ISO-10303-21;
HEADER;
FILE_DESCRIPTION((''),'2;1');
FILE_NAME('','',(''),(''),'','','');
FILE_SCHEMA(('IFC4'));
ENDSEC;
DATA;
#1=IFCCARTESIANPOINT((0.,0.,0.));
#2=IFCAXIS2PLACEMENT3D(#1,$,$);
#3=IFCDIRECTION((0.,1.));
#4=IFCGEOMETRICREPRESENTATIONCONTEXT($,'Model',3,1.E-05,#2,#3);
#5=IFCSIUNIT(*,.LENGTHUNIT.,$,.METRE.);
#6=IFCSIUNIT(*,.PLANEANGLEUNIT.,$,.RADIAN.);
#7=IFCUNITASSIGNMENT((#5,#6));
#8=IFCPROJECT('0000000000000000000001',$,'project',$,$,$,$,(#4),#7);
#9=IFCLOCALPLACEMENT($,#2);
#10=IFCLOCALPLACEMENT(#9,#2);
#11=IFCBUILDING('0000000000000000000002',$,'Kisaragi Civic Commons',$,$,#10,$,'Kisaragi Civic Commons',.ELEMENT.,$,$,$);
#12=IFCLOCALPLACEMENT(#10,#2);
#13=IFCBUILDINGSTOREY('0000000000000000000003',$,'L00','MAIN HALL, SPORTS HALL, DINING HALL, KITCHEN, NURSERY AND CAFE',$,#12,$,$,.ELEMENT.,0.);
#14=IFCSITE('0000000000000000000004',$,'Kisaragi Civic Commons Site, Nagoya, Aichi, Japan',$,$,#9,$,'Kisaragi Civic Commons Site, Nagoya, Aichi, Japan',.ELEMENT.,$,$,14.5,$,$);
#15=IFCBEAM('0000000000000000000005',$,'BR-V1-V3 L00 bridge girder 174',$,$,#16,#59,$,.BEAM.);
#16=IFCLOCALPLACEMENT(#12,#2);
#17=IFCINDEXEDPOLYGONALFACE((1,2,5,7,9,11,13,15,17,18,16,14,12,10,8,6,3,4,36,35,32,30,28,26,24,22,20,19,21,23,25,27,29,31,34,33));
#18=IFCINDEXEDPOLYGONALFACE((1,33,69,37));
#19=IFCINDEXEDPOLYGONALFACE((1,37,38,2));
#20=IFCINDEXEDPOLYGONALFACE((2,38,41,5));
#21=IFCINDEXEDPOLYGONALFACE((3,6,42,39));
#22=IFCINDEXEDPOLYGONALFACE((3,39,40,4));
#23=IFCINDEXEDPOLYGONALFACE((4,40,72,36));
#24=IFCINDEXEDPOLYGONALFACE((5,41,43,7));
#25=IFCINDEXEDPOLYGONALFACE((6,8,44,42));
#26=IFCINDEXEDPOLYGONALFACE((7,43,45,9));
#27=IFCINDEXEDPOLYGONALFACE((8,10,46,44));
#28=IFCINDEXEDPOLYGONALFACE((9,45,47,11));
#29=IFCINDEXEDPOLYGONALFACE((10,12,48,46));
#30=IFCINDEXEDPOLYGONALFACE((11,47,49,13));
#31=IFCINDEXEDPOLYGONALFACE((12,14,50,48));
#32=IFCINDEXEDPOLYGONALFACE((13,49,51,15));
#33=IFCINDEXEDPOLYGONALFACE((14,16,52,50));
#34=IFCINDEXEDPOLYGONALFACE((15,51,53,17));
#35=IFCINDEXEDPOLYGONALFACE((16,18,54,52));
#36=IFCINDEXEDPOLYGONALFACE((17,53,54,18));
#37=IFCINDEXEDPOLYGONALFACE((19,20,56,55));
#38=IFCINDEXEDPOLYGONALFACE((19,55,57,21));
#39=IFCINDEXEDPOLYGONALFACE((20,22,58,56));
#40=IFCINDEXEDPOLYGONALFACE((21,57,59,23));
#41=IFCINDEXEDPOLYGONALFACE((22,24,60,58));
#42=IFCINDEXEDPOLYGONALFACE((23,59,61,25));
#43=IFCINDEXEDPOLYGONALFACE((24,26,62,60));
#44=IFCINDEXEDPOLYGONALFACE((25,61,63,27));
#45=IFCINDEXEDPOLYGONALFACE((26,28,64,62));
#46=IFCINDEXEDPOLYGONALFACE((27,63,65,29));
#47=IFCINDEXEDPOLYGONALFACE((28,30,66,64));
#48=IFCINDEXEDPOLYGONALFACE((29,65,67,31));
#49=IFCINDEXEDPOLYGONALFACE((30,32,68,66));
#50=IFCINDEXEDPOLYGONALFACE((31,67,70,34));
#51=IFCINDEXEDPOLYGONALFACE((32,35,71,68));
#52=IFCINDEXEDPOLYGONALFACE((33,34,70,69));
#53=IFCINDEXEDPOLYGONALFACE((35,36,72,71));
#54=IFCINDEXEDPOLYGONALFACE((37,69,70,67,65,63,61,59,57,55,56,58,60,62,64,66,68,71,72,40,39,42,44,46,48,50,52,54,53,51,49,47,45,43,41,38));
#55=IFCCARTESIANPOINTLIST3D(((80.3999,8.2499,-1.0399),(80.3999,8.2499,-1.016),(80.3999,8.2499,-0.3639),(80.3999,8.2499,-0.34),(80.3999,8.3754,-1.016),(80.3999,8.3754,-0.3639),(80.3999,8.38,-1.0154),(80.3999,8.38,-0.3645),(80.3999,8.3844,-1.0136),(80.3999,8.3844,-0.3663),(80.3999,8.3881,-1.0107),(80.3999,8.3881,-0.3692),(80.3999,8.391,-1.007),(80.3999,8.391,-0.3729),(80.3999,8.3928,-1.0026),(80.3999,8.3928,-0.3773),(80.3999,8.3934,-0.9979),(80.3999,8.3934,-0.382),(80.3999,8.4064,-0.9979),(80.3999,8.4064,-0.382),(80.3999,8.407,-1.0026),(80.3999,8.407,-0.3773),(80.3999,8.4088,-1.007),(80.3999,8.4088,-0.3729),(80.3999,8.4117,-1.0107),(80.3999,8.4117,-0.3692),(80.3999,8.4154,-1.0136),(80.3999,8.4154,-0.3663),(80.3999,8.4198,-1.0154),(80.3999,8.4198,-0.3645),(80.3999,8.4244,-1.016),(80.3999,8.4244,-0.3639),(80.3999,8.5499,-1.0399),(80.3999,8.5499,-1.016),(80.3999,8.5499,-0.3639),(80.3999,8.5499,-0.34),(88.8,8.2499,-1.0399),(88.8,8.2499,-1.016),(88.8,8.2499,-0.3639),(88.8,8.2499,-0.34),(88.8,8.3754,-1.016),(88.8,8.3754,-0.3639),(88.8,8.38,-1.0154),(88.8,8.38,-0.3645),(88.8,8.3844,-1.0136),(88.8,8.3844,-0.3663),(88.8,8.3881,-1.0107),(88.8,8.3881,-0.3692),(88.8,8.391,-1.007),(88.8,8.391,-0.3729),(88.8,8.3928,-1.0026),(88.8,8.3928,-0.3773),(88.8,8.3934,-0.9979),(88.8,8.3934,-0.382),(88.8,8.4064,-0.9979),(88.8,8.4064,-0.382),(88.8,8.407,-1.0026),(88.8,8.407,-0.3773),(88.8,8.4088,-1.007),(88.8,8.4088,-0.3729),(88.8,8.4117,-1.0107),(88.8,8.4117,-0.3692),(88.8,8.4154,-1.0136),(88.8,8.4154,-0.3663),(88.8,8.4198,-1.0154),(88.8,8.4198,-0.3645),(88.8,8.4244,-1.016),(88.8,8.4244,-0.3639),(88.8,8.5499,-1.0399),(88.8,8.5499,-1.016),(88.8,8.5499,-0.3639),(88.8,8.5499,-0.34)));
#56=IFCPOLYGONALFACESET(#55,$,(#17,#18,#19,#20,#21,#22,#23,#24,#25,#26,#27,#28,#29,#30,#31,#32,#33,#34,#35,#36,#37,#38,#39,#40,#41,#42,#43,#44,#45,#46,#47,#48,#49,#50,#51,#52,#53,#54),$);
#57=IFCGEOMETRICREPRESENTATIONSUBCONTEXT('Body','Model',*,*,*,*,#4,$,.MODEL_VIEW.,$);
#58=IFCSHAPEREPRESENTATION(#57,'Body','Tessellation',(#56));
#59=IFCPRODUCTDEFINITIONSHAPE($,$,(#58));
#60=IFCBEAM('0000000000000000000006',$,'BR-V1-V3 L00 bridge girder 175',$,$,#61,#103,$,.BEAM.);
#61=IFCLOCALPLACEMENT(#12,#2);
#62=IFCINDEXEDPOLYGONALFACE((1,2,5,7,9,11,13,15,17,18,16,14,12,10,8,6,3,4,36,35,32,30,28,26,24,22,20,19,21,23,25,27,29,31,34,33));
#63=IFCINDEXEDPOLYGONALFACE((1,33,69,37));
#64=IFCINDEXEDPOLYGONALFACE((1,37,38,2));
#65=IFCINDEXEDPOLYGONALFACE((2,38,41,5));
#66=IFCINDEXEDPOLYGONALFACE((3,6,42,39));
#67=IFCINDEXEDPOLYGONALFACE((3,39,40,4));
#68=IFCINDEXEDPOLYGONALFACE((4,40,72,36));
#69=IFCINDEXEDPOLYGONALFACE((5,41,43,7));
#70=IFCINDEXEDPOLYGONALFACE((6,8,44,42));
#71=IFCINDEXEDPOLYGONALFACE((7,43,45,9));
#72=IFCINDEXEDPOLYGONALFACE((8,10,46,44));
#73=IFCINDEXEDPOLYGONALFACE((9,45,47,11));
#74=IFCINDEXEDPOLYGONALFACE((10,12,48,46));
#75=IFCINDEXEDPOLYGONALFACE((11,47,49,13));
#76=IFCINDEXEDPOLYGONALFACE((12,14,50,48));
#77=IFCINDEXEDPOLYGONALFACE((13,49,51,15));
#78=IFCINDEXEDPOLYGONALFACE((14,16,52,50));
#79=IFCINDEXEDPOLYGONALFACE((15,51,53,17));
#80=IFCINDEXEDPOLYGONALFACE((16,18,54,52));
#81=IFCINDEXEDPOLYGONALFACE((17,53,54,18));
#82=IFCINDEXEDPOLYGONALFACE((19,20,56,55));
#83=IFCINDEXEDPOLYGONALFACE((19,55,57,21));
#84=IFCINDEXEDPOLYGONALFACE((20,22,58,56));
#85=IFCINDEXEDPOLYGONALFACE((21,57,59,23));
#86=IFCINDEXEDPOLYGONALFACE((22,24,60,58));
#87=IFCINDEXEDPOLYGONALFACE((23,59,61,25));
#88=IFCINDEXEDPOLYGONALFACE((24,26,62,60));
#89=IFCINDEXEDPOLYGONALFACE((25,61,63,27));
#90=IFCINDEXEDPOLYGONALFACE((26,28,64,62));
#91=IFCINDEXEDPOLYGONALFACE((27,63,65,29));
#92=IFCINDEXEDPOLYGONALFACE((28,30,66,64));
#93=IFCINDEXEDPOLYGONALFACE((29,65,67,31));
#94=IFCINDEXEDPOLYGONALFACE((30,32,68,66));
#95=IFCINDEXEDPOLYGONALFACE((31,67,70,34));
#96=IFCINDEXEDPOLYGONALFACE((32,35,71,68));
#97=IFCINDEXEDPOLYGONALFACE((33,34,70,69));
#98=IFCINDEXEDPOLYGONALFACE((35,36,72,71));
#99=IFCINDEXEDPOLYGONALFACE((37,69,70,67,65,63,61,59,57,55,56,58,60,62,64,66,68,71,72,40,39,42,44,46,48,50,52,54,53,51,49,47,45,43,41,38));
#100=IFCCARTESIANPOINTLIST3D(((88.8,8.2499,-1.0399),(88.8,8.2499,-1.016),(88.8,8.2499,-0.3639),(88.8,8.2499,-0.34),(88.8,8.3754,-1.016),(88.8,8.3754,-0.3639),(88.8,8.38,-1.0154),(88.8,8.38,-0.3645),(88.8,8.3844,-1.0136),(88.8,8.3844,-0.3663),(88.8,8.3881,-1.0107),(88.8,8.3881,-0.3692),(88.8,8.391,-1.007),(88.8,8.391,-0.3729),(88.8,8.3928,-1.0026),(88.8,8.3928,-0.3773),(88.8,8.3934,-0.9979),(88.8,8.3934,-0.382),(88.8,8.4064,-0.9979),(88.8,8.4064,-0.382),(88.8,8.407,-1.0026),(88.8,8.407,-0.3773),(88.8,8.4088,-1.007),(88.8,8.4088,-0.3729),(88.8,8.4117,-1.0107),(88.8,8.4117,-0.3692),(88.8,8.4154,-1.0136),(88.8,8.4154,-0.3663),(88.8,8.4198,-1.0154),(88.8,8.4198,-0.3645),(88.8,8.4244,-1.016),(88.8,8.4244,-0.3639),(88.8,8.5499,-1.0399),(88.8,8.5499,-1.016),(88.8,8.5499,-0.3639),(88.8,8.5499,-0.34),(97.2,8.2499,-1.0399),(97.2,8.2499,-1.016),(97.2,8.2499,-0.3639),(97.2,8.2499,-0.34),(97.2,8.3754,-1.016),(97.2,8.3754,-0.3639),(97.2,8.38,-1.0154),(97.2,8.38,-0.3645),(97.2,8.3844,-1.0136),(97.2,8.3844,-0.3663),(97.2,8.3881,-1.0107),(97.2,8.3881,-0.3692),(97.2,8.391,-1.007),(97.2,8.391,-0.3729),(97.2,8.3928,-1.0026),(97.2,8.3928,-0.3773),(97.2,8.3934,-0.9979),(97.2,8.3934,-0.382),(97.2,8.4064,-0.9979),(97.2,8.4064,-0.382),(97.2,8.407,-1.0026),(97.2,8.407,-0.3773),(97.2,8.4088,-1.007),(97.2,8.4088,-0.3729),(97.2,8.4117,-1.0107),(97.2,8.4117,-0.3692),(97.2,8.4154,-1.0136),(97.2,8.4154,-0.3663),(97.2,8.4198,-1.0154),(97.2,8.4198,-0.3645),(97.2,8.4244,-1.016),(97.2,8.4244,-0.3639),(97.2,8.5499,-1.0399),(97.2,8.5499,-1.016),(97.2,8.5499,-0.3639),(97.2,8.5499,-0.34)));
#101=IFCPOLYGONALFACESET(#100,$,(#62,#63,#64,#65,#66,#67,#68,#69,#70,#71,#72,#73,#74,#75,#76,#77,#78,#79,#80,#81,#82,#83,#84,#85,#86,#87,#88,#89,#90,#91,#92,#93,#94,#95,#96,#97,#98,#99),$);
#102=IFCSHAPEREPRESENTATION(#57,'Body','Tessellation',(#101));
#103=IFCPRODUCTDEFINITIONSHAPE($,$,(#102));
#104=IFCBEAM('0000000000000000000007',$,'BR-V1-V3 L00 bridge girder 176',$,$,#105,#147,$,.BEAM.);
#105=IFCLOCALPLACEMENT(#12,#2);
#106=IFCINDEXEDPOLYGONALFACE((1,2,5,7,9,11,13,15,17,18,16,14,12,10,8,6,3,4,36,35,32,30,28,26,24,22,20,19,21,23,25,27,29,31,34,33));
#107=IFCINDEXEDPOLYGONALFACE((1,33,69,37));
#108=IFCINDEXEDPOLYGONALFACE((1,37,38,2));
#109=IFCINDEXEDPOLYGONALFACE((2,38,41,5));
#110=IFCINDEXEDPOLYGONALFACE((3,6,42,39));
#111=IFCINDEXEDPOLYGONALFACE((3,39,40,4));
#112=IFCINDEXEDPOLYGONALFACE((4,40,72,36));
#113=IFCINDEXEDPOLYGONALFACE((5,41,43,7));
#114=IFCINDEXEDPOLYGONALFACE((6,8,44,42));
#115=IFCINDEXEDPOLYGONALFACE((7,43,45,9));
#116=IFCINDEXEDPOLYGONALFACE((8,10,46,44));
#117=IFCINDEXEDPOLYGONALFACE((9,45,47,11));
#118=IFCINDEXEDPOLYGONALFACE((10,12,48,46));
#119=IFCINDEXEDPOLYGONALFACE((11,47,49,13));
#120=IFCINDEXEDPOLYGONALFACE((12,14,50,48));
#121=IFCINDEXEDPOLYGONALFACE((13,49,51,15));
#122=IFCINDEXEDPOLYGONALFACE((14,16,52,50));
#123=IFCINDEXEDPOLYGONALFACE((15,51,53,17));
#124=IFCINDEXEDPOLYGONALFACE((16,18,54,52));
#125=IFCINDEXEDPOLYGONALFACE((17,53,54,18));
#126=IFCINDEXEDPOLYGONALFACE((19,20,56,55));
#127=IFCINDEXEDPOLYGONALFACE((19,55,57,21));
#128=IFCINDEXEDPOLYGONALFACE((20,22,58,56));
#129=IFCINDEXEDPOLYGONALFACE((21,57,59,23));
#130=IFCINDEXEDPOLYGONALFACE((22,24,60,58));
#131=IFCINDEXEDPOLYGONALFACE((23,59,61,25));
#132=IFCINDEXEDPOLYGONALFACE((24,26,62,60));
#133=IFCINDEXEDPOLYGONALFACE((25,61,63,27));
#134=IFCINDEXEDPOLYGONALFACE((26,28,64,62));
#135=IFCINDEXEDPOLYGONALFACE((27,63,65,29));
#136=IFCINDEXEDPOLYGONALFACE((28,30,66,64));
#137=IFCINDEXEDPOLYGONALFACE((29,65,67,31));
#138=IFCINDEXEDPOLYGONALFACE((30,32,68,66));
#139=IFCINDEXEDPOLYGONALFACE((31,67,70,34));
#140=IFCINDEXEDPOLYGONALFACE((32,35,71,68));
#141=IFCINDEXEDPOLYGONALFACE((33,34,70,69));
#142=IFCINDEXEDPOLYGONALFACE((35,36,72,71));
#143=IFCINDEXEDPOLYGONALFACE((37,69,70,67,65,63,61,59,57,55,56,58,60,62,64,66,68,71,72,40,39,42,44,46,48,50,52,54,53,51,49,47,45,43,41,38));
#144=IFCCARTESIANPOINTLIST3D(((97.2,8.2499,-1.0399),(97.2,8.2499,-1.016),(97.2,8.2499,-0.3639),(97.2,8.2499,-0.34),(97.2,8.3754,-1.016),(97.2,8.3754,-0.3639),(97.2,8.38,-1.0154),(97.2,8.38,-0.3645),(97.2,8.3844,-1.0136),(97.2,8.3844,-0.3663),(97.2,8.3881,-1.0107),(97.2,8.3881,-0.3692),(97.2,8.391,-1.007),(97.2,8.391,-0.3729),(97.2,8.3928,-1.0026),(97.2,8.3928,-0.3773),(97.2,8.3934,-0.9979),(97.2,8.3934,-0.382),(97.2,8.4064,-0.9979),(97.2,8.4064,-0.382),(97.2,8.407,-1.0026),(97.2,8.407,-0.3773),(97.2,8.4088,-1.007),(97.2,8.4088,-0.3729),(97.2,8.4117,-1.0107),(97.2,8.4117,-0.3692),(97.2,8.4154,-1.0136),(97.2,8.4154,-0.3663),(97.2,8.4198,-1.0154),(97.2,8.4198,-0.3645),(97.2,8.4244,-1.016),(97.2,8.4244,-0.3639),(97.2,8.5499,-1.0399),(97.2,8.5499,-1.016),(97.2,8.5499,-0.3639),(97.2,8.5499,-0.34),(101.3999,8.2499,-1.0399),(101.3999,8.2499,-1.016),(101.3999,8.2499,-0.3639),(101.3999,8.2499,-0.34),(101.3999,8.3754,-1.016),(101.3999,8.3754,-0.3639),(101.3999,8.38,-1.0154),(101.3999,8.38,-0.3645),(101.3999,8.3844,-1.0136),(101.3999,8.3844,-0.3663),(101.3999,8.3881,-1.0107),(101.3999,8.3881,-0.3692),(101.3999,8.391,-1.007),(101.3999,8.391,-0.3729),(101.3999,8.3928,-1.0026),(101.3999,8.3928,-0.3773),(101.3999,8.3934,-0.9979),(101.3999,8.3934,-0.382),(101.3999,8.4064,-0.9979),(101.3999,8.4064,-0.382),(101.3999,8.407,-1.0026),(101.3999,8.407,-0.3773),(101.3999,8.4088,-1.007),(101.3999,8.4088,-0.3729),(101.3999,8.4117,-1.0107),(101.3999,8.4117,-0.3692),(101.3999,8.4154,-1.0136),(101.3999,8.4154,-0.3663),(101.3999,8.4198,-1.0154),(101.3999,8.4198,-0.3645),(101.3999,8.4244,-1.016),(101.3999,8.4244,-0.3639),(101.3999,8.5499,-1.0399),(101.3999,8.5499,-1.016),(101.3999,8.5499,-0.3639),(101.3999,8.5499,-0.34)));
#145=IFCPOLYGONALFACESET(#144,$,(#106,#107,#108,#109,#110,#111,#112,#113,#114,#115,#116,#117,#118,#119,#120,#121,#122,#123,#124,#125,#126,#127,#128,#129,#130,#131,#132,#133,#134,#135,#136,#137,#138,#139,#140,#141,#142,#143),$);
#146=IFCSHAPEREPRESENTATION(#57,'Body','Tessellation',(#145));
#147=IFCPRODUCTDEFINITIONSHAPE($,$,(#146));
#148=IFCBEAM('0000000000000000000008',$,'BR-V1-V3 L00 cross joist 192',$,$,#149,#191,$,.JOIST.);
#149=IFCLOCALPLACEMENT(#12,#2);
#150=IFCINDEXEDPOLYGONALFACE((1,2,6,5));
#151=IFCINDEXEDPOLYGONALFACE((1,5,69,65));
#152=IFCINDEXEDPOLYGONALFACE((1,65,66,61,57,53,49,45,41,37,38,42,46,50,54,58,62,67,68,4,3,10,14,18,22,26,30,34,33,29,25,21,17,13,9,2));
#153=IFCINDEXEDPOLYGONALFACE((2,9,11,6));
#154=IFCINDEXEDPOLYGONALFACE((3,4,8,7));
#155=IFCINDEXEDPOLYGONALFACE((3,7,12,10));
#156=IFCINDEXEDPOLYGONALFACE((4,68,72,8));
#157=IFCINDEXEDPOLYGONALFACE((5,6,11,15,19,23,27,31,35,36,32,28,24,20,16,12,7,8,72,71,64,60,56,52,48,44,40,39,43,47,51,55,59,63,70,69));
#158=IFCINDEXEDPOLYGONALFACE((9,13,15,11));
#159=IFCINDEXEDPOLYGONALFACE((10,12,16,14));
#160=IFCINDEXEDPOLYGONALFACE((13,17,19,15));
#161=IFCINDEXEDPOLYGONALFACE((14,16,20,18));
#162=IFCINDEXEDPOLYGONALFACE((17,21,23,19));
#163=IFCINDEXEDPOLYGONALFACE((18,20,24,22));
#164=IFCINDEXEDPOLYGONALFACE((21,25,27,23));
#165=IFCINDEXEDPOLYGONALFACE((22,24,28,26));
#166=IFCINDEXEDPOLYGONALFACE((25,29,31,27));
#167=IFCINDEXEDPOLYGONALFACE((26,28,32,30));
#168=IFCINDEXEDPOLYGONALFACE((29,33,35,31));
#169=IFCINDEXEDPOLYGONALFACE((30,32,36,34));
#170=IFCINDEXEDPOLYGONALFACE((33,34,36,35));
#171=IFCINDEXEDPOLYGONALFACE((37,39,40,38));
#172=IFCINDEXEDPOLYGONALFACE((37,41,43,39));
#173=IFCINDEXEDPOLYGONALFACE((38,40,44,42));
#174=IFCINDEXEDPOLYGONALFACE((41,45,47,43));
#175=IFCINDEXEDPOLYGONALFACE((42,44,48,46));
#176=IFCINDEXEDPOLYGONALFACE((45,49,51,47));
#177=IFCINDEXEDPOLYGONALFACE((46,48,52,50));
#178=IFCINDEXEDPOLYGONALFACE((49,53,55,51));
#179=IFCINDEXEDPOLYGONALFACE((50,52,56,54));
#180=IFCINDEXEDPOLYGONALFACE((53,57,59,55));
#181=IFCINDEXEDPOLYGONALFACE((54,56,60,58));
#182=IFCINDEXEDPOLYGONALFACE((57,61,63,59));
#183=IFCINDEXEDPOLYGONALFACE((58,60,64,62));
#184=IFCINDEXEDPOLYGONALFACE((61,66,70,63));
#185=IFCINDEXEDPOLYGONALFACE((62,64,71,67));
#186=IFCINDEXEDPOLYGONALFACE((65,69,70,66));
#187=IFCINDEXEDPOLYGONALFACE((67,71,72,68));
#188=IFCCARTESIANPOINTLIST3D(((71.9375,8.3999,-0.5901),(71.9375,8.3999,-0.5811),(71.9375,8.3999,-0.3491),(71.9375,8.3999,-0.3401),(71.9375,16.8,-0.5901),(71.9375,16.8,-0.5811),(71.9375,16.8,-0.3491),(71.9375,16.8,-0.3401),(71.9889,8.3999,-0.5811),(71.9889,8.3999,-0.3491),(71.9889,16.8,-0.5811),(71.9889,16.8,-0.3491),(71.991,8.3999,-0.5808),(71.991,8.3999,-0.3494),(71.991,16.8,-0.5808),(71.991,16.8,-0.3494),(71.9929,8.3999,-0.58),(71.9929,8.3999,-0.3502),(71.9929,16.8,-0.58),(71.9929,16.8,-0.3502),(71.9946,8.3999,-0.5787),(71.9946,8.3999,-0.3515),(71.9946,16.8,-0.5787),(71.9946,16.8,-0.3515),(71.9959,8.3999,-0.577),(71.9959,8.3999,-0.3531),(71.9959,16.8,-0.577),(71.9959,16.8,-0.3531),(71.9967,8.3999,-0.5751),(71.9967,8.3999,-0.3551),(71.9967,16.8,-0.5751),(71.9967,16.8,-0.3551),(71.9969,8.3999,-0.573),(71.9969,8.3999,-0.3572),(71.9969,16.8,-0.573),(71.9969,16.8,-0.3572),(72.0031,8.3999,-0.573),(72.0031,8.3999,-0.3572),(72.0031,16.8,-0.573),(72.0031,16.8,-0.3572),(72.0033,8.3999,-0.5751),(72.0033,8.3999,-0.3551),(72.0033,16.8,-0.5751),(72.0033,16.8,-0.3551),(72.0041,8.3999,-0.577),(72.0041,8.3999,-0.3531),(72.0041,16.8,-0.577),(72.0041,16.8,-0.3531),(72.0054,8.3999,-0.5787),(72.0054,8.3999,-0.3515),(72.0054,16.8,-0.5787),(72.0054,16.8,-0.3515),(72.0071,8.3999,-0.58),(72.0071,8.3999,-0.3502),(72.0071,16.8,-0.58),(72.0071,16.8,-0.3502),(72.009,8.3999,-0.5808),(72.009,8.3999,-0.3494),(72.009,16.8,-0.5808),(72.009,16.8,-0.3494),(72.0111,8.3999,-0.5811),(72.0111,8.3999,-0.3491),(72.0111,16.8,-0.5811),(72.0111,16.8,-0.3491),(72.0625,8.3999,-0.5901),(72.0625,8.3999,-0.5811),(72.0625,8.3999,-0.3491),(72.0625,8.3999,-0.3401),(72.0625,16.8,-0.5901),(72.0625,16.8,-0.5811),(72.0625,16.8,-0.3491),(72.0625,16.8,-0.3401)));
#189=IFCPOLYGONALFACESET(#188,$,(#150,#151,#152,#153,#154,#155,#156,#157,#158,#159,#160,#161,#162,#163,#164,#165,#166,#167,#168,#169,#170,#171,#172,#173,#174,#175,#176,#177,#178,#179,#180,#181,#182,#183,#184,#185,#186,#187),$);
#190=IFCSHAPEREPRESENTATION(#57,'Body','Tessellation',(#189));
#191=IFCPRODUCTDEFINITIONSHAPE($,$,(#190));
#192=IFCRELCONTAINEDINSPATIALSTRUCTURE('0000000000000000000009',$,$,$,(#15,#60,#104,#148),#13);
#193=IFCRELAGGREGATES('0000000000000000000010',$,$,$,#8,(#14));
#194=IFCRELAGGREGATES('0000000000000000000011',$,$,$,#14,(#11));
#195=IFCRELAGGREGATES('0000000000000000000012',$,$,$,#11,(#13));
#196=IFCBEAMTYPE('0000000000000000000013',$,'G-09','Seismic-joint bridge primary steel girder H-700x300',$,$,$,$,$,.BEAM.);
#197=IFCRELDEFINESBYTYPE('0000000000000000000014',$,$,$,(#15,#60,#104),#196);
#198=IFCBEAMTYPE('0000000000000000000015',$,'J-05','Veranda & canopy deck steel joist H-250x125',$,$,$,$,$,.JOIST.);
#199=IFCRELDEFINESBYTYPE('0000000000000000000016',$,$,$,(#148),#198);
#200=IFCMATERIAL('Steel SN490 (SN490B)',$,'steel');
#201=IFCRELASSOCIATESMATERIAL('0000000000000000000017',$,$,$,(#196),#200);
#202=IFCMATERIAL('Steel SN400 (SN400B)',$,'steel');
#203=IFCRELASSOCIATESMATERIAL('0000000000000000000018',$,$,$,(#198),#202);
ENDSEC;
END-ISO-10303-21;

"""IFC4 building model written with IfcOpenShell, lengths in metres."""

from ifc_helpers import new_model, si_unit, direction, frame, origin, origin_2d, place, context, subcontext, project, spatial, i_section, extrude, material, material_profile, profile_set, type_object, element, save


model = new_model("IFC4")

# Units and contexts
model_context = context("Model", 3, precision=1e-05, world=origin(), true_north=direction((0.0, 1.0)))
body_context = subcontext(model_context, "Body", "Model", "MODEL_VIEW")
ifc_project = project(units=[si_unit("LENGTHUNIT", "METRE"), si_unit("PLANEANGLEUNIT", "RADIAN")], contexts=[model_context])

# Site, building, storey
site_placement = place(None, origin())
site = spatial("IfcSite", under=ifc_project, at=site_placement, Name="Kisaragi Civic Commons Site, Nagoya, Aichi, Japan", LongName="Kisaragi Civic Commons Site, Nagoya, Aichi, Japan", CompositionType="ELEMENT", RefElevation=14.5)
building_placement = place(site_placement, origin())
building = spatial("IfcBuilding", under=site, at=building_placement, Name="Kisaragi Civic Commons", LongName="Kisaragi Civic Commons", CompositionType="ELEMENT")
storey_placement = place(building_placement, origin())
storey = spatial("IfcBuildingStorey", under=building, at=storey_placement, Name="L00", Description="MAIN HALL, SPORTS HALL, DINING HALL, KITCHEN, NURSERY AND CAFE", CompositionType="ELEMENT", Elevation=0.0)

# Beams
ifc_material_1 = material(Name="Steel SN490 (SN490B)", Category="steel")
ifc_material_profile_1 = material_profile(ifc_material_1, i_section(OverallWidth=0.3, OverallDepth=0.7, WebThickness=0.0129, FlangeThickness=0.0239, FilletRadius=0.0181, at=origin_2d()), Name="H-700x300x13x24", Category="steel")
ifc_profile_set_1 = profile_set([ifc_material_profile_1], Name="Steel SN490 (SN490B)")
beam_type_1 = type_object("IfcBeamType", Name="G-09", Description="Seismic-joint bridge primary steel girder H-700x300", PredefinedType="BEAM", material=ifc_profile_set_1)
beam_1_placement = place(storey_placement, frame((80.3999, 8.3999, -0.6899), z_axis=(1.0, 0.0, 0.0), x_axis=(0.0, 1.0, 0.0)))
element("IfcBeam", 1, at=beam_1_placement, inside=storey, type_object=beam_type_1, Name="BR-V1-V3 L00 bridge girder 174", PredefinedType="BEAM", context=body_context, shape_type="SweptSolid", body=[
    extrude(i_section(OverallWidth=0.3, OverallDepth=0.7, WebThickness=0.0129, FlangeThickness=0.0239, FilletRadius=0.0181, at=origin_2d()), origin(), (0.0, 0.0, 1.0), 8.4001),
])
beam_2_placement = place(storey_placement, frame((88.8, 8.3999, -0.6899), z_axis=(1.0, 0.0, 0.0), x_axis=(0.0, 1.0, 0.0)))
element("IfcBeam", 2, at=beam_2_placement, inside=storey, type_object=beam_type_1, Name="BR-V1-V3 L00 bridge girder 175", PredefinedType="BEAM", context=body_context, shape_type="SweptSolid", body=[
    extrude(i_section(OverallWidth=0.3, OverallDepth=0.7, WebThickness=0.0129, FlangeThickness=0.0239, FilletRadius=0.0181, at=origin_2d()), origin(), (0.0, 0.0, 1.0), 8.3999),
])
beam_3_placement = place(storey_placement, frame((97.2, 8.3999, -0.6899), z_axis=(1.0, 0.0, 0.0), x_axis=(0.0, 1.0, 0.0)))
element("IfcBeam", 3, at=beam_3_placement, inside=storey, type_object=beam_type_1, Name="BR-V1-V3 L00 bridge girder 176", PredefinedType="BEAM", context=body_context, shape_type="SweptSolid", body=[
    extrude(i_section(OverallWidth=0.3, OverallDepth=0.7, WebThickness=0.0129, FlangeThickness=0.0239, FilletRadius=0.0181, at=origin_2d()), origin(), (0.0, 0.0, 1.0), 4.2),
])
ifc_material_2 = material(Name="Steel SN400 (SN400B)", Category="steel")
ifc_material_profile_2 = material_profile(ifc_material_2, i_section(OverallWidth=0.125, OverallDepth=0.25, WebThickness=0.0061, FlangeThickness=0.009, FilletRadius=0.0081, at=origin_2d()), Name="H-250x125x6x9", Category="steel")
ifc_profile_set_2 = profile_set([ifc_material_profile_2], Name="Steel SN400 (SN400B)")
beam_type_2 = type_object("IfcBeamType", Name="J-05", Description="Veranda & canopy deck steel joist H-250x125", PredefinedType="JOIST", material=ifc_profile_set_2)
for number, where, z_axis, x_axis, name in (
    (4, (72.0, 8.3999, -0.4651), (0.0, 1.0, 0.0), (-1.0, 0.0, 0.0), "BR-V1-V3 L00 cross joist 192"),
):
    element("IfcBeam", number, at=place(storey_placement, frame(where, z_axis=z_axis, x_axis=x_axis)), inside=storey, type_object=beam_type_2, Name=name, PredefinedType="JOIST", context=body_context, shape_type="SweptSolid", body=[
        extrude(i_section(OverallWidth=0.125, OverallDepth=0.25, WebThickness=0.0061, FlangeThickness=0.009, FilletRadius=0.0081, at=origin_2d()), origin(), (0.0, 0.0, 1.0), 8.4001),
    ])

save(model, "model.ifc")
